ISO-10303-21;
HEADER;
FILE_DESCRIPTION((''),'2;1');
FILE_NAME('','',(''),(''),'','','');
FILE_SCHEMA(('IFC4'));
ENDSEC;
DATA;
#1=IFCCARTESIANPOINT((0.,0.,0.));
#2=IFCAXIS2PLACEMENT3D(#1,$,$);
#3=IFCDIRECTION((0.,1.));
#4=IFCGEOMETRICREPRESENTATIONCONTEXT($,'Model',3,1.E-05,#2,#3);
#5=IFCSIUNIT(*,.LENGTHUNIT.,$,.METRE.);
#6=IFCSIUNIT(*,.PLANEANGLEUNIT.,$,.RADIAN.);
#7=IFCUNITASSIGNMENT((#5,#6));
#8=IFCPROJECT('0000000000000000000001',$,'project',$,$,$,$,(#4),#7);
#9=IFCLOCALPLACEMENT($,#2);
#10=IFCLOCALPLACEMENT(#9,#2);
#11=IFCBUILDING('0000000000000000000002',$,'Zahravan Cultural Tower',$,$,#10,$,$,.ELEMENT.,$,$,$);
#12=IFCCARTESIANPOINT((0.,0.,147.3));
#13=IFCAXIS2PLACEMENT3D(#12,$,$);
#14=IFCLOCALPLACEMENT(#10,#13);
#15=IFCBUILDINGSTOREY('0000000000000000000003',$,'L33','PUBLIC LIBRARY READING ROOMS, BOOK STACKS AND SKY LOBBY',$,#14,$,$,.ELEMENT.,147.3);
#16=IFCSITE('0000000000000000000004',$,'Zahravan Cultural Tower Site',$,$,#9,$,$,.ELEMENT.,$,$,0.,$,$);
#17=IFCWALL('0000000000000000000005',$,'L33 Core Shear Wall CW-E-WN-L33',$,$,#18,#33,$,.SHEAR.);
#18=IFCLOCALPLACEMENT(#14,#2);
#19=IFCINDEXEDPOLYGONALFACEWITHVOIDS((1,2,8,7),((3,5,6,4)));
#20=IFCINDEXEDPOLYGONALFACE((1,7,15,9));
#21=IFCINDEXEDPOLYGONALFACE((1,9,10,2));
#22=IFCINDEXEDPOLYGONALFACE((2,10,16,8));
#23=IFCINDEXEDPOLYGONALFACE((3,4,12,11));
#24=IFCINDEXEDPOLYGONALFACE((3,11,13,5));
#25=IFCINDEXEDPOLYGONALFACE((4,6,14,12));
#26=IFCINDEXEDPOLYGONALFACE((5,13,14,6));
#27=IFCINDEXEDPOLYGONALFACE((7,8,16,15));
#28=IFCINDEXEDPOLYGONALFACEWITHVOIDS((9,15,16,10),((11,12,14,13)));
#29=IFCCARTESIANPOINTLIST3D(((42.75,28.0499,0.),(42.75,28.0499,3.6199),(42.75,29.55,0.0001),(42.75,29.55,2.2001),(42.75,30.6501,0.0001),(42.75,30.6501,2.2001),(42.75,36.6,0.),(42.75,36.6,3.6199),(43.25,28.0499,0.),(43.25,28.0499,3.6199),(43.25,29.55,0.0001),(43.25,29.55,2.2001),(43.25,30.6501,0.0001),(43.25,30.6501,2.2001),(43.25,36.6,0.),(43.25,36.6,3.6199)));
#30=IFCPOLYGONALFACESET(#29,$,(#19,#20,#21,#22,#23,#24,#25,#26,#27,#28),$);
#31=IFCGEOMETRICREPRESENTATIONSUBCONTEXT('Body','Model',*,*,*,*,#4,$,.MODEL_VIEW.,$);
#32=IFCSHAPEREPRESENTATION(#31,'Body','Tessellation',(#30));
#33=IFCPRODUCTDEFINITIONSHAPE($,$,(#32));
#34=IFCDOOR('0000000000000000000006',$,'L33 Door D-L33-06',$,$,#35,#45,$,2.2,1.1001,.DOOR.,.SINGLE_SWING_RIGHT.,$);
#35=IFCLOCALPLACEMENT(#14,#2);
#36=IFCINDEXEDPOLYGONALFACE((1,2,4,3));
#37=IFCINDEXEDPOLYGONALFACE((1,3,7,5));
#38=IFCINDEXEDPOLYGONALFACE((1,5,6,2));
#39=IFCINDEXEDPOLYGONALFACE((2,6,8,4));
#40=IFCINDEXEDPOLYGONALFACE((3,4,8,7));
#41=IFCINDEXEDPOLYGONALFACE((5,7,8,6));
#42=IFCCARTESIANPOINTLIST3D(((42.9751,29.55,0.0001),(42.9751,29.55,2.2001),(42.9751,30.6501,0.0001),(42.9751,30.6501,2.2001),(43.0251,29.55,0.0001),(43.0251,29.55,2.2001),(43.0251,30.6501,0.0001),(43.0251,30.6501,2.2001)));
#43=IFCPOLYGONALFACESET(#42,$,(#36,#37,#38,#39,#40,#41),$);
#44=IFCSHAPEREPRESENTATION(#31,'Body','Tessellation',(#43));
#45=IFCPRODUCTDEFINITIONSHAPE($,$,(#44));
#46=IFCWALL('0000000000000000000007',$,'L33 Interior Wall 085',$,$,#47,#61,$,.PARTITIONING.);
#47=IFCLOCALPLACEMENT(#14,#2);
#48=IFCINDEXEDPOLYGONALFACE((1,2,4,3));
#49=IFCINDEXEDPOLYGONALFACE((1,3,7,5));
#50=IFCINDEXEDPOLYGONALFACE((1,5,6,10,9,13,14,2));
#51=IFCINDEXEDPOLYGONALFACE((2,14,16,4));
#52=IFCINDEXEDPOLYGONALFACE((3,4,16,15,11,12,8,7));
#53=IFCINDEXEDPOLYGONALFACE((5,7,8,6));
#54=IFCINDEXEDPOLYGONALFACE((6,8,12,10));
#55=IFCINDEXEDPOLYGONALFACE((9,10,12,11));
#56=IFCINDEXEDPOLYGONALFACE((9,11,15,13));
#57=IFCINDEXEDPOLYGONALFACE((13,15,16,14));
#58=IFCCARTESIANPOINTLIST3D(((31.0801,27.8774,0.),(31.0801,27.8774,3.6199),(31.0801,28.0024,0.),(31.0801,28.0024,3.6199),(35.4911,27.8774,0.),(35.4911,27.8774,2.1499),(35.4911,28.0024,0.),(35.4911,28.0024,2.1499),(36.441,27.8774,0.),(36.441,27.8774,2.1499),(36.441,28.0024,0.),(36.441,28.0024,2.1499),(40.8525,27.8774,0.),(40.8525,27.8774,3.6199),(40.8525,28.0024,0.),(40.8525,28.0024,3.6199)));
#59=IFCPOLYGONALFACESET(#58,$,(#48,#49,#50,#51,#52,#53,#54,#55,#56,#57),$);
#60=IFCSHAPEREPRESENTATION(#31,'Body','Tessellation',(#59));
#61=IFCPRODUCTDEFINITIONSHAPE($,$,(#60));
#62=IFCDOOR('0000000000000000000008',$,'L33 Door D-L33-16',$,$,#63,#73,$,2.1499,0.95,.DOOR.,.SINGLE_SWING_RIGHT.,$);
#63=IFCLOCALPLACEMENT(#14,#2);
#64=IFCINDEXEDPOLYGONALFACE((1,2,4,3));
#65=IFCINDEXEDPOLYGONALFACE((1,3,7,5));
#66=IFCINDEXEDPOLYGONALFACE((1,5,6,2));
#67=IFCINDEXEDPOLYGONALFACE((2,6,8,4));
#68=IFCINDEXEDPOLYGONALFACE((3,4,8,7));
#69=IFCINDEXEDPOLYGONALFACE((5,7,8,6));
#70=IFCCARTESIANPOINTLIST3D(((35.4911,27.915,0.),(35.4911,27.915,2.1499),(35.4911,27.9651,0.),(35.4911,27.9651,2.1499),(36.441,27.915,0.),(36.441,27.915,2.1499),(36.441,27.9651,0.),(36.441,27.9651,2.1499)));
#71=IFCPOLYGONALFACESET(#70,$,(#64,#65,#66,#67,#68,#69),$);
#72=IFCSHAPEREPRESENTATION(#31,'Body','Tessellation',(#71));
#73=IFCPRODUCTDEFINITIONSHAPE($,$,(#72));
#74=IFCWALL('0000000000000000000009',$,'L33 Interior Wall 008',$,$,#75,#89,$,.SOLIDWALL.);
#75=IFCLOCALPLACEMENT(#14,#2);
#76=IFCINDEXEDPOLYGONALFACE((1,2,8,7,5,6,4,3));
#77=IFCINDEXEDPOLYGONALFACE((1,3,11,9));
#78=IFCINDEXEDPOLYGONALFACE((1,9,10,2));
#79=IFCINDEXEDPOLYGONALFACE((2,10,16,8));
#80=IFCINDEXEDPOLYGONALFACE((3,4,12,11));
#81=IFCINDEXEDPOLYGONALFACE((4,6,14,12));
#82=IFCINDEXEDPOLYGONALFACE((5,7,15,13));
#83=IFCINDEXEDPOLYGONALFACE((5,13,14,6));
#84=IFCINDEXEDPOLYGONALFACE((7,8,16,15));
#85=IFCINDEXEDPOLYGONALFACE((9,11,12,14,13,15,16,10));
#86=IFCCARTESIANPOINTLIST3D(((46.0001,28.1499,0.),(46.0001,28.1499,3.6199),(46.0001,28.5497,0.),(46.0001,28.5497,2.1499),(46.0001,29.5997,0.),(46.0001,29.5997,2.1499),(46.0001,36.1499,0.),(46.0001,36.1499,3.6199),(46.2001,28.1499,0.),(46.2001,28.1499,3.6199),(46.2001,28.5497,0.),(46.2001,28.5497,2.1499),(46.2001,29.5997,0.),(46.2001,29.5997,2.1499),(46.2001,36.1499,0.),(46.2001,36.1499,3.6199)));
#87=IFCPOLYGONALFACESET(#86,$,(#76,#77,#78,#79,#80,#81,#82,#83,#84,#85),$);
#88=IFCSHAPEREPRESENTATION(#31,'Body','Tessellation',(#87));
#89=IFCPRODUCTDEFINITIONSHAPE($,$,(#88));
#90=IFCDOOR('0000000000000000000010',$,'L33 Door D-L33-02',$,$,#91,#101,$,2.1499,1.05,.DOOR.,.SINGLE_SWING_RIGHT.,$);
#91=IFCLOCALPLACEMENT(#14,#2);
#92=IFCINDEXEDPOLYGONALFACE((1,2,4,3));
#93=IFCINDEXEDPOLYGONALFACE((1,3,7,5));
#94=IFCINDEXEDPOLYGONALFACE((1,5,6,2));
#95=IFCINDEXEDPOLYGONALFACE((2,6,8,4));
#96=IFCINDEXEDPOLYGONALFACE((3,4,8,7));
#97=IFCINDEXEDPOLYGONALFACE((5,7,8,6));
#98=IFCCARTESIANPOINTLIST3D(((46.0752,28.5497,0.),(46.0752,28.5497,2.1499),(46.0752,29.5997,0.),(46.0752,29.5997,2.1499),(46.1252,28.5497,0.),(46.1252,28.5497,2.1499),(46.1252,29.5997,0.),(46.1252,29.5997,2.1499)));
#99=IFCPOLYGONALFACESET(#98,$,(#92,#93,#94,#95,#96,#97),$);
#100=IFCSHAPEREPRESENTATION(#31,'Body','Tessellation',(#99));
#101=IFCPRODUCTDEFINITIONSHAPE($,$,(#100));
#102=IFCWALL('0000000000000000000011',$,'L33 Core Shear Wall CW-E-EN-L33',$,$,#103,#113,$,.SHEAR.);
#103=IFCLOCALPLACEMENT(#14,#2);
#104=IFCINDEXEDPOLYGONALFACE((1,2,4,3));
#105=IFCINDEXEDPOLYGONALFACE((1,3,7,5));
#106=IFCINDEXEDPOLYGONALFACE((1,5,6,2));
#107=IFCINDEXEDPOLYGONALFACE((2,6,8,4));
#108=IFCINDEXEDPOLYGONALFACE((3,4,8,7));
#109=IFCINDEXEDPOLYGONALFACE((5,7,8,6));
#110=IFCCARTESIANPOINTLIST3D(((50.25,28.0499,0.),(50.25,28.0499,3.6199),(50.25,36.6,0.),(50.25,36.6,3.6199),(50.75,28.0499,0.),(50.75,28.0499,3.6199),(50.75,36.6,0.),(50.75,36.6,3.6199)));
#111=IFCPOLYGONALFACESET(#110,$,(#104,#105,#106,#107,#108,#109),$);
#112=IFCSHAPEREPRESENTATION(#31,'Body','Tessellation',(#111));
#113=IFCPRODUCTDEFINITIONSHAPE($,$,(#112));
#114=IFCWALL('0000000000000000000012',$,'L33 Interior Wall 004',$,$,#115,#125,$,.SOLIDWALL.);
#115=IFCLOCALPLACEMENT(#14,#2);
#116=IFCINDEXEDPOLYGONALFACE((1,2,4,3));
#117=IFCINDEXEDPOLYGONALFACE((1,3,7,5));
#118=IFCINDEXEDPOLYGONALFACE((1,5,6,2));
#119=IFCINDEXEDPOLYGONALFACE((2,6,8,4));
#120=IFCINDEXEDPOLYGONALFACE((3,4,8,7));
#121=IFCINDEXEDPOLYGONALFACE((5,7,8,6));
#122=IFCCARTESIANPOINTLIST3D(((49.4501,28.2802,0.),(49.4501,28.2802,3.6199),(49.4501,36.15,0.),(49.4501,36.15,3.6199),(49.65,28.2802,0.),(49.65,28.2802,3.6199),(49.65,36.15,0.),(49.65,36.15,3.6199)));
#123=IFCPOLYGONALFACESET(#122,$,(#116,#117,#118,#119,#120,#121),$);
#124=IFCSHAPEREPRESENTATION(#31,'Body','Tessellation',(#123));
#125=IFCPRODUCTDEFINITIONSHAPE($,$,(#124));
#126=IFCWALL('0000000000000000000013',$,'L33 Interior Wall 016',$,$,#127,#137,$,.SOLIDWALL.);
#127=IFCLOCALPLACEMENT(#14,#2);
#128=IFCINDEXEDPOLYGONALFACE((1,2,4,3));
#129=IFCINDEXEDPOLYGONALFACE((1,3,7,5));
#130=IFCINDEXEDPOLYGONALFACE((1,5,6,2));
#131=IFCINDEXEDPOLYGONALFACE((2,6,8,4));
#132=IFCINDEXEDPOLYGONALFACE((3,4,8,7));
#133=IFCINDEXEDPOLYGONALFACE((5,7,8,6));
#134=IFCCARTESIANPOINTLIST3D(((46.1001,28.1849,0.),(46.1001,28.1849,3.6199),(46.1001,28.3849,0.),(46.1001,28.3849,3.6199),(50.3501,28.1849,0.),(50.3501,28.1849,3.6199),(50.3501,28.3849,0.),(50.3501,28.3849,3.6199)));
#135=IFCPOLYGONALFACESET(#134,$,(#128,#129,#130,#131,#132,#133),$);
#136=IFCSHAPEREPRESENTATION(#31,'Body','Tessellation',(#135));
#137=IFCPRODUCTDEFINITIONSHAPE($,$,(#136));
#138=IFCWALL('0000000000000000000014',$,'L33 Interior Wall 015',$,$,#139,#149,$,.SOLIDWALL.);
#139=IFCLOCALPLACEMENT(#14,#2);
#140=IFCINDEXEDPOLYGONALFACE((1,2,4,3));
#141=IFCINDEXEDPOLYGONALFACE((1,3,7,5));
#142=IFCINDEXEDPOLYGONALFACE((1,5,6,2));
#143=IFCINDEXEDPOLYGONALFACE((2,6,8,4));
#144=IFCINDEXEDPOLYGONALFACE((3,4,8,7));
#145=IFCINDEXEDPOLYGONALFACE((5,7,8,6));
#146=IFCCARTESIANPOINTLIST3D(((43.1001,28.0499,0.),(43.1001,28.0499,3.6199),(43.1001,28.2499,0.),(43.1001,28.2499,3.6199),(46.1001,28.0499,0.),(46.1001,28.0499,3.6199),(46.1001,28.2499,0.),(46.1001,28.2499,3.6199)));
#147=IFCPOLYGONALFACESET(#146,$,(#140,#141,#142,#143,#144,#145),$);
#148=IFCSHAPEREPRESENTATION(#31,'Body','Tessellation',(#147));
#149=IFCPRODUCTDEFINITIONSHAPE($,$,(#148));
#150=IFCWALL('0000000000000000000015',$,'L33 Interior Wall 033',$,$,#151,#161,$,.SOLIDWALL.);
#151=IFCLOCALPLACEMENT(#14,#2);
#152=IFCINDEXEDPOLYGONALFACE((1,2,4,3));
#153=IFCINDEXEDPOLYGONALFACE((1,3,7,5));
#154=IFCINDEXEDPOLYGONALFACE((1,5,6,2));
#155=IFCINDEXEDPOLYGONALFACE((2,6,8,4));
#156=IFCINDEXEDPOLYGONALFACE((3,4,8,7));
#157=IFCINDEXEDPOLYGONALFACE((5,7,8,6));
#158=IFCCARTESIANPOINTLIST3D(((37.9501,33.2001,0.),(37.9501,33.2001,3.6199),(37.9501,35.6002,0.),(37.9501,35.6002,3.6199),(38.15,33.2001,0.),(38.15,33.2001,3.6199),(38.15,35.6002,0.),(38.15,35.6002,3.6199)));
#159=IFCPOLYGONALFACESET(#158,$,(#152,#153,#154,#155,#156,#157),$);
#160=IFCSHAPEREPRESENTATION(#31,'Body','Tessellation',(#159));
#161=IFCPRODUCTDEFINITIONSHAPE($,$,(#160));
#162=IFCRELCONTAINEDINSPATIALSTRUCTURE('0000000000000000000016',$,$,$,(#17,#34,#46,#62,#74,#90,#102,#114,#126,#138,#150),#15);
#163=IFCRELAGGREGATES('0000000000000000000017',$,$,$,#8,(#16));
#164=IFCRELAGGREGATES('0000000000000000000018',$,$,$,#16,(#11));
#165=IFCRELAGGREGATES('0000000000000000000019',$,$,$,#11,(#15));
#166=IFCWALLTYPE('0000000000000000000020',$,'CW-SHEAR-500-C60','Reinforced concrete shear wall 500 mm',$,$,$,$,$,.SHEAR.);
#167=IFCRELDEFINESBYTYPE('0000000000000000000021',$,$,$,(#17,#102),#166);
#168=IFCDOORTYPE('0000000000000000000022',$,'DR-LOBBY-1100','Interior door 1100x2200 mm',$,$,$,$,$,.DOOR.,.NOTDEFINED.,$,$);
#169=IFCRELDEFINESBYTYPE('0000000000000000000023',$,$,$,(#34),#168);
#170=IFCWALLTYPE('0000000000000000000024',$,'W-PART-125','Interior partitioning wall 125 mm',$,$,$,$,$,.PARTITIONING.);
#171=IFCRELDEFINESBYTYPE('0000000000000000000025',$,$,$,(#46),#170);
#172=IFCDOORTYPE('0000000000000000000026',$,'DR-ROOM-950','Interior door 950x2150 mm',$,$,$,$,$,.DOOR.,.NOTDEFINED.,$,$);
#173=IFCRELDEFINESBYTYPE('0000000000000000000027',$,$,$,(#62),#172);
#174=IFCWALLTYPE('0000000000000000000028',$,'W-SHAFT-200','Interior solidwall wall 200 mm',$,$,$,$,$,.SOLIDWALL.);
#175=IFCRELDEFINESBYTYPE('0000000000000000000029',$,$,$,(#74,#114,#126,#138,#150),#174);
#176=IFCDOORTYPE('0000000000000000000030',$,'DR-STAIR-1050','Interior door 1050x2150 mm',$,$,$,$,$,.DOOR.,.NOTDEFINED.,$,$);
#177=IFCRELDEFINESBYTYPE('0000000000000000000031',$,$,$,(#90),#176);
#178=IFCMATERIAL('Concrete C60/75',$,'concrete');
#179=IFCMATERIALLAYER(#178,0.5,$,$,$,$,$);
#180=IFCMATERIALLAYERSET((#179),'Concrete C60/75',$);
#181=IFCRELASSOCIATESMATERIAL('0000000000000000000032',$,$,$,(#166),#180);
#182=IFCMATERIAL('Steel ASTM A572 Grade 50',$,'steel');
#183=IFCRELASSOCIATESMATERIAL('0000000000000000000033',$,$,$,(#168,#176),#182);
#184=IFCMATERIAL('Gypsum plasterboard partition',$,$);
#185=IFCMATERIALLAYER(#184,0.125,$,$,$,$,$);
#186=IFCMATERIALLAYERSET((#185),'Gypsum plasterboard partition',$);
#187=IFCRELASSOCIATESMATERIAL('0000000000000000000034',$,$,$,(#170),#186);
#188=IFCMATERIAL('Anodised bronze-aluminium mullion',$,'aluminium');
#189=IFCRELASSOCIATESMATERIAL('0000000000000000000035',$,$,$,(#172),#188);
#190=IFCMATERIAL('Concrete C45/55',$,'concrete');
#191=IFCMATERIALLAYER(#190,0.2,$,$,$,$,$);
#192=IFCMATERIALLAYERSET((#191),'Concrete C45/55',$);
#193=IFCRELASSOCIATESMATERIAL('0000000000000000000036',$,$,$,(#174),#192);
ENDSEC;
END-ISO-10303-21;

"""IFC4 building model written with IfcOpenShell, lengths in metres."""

from ifc_helpers import new_model, si_unit, direction, frame, frame_2d, origin, place, context, subcontext, project, spatial, rectangle, extrude, source, transform, mapped, material, layer, layer_set, type_object, element, fill, save


model = new_model("IFC4")

# Units and contexts
model_context = context("Model", 3, precision=1e-05, world=origin(), true_north=direction((0.0, 1.0)))
body_context = subcontext(model_context, "Body", "Model", "MODEL_VIEW")
ifc_project = project(units=[si_unit("LENGTHUNIT", "METRE"), si_unit("PLANEANGLEUNIT", "RADIAN")], contexts=[model_context])

# Site, building, storey
site_placement = place(None, origin())
site = spatial("IfcSite", under=ifc_project, at=site_placement, Name="Zahravan Cultural Tower Site", CompositionType="ELEMENT", RefElevation=0.0)
building_placement = place(site_placement, origin())
building = spatial("IfcBuilding", under=site, at=building_placement, Name="Zahravan Cultural Tower", CompositionType="ELEMENT")
storey_placement = place(building_placement, frame((0.0, 0.0, 147.3)))
storey = spatial("IfcBuildingStorey", under=building, at=storey_placement, Name="L33", Description="PUBLIC LIBRARY READING ROOMS, BOOK STACKS AND SKY LOBBY", CompositionType="ELEMENT", Elevation=147.3)

# Walls, openings, doors
ifc_material_1 = material(Name="Concrete C60/75", Category="concrete")
ifc_layer_1 = layer(ifc_material_1, 0.5)
ifc_layer_set_1 = layer_set([ifc_layer_1], Name="Concrete C60/75")
wall_type_1 = type_object("IfcWallType", Name="CW-SHEAR-500-C60", Description="Reinforced concrete shear wall 500 mm", PredefinedType="SHEAR", material=ifc_layer_set_1)
wall_1_placement = place(storey_placement, frame((43.0, 28.05, 0.0), z_axis=(0.0, 0.0, 1.0), x_axis=(0.0, 1.0, 0.0)))
wall_1 = element("IfcWall", 1, at=wall_1_placement, inside=storey, type_object=wall_type_1, Name="L33 Core Shear Wall CW-E-WN-L33", PredefinedType="SHEAR", context=body_context, shape_type="SweptSolid", body=[
    extrude(rectangle(XDim=8.55, YDim=0.5, at=frame_2d((4.2749, 0.0))), origin(), (0.0, 0.0, 1.0), 3.6199),
])
opening_1_placement = place(wall_1_placement, frame((1.5, 0.0, 0.0)))
opening_1 = element("IfcOpeningElement", 2, at=opening_1_placement, cuts=wall_1, PredefinedType="OPENING", context=body_context, shape_type="SweptSolid", body=[
    extrude(rectangle(XDim=1.1001, YDim=2.2, at=frame_2d((0.55, 1.1001))), frame((0.0, 0.26, 0.0), z_axis=(0.0, -1.0, 0.0), x_axis=(1.0, 0.0, 0.0)), (0.0, 0.0, 1.0), 0.52),
])
ifc_material_2 = material(Name="Steel ASTM A572 Grade 50", Category="steel")
door_type_1 = type_object("IfcDoorType", Name="DR-LOBBY-1100", Description="Interior door 1100x2200 mm", OperationType="NOTDEFINED", PredefinedType="DOOR", material=ifc_material_2)
shared_shape_1 = source(origin(), body_context, "Body", "SweptSolid", [
    extrude(rectangle(XDim=1.1001, YDim=2.2, at=frame_2d((0.55, 1.1001))), frame((0.0, 0.0249, 0.0), z_axis=(0.0, -1.0, 0.0), x_axis=(1.0, 0.0, 0.0)), (0.0, 0.0, 1.0), 0.05),
])
door_1_placement = place(opening_1_placement, origin())
door_1 = element("IfcDoor", 3, at=door_1_placement, inside=storey, type_object=door_type_1, Name="L33 Door D-L33-06", OperationType="SINGLE_SWING_RIGHT", OverallHeight=2.2, OverallWidth=1.1001, PredefinedType="DOOR", context=body_context, shape_type="MappedRepresentation", body=[
    mapped(shared_shape_1, transform((0.0, 0.0, 0.0), x_axis=(1.0, 0.0, 0.0), y_axis=(0.0, 1.0, 0.0), z_axis=(0.0, 0.0, 1.0), scale=1.0)),
])
fill(opening_1, door_1)
ifc_material_3 = material(Name="Gypsum plasterboard partition")
ifc_layer_2 = layer(ifc_material_3, 0.125)
ifc_layer_set_2 = layer_set([ifc_layer_2], Name="Gypsum plasterboard partition")
wall_type_2 = type_object("IfcWallType", Name="W-PART-125", Description="Interior partitioning wall 125 mm", PredefinedType="PARTITIONING", material=ifc_layer_set_2)
wall_2_placement = place(storey_placement, frame((40.8525, 27.9399, 0.0), z_axis=(0.0, 0.0, 1.0), x_axis=(-1.0, 0.0, 0.0)))
wall_2 = element("IfcWall", 4, at=wall_2_placement, inside=storey, type_object=wall_type_2, Name="L33 Interior Wall 085", PredefinedType="PARTITIONING", context=body_context, shape_type="SweptSolid", body=[
    extrude(rectangle(XDim=9.7725, YDim=0.125, at=frame_2d((4.8862, 0.0))), origin(), (0.0, 0.0, 1.0), 3.6199),
])
opening_2_placement = place(wall_2_placement, frame((4.4114, 0.0, 0.0)))
opening_2 = element("IfcOpeningElement", 5, at=opening_2_placement, cuts=wall_2, PredefinedType="OPENING", context=body_context, shape_type="SweptSolid", body=[
    extrude(rectangle(XDim=0.95, YDim=2.1499, at=frame_2d((0.4751, 1.075))), frame((0.0, 0.0725, 0.0), z_axis=(0.0, -1.0, 0.0), x_axis=(1.0, 0.0, 0.0)), (0.0, 0.0, 1.0), 0.145),
])
ifc_material_4 = material(Name="Anodised bronze-aluminium mullion", Category="aluminium")
door_type_2 = type_object("IfcDoorType", Name="DR-ROOM-950", Description="Interior door 950x2150 mm", OperationType="NOTDEFINED", PredefinedType="DOOR", material=ifc_material_4)
shared_shape_2 = source(origin(), body_context, "Body", "SweptSolid", [
    extrude(rectangle(XDim=0.95, YDim=2.1499, at=frame_2d((0.4751, 1.075))), frame((0.0, 0.0249, 0.0), z_axis=(0.0, -1.0, 0.0), x_axis=(1.0, 0.0, 0.0)), (0.0, 0.0, 1.0), 0.05),
])
door_2_placement = place(opening_2_placement, origin())
door_2 = element("IfcDoor", 6, at=door_2_placement, inside=storey, type_object=door_type_2, Name="L33 Door D-L33-16", OperationType="SINGLE_SWING_RIGHT", OverallHeight=2.1499, OverallWidth=0.95, PredefinedType="DOOR", context=body_context, shape_type="MappedRepresentation", body=[
    mapped(shared_shape_2, transform((0.0, 0.0, 0.0), x_axis=(1.0, 0.0, 0.0), y_axis=(0.0, 1.0, 0.0), z_axis=(0.0, 0.0, 1.0), scale=1.0)),
])
fill(opening_2, door_2)
ifc_material_5 = material(Name="Concrete C45/55", Category="concrete")
ifc_layer_3 = layer(ifc_material_5, 0.2)
ifc_layer_set_3 = layer_set([ifc_layer_3], Name="Concrete C45/55")
wall_type_3 = type_object("IfcWallType", Name="W-SHAFT-200", Description="Interior solidwall wall 200 mm", PredefinedType="SOLIDWALL", material=ifc_layer_set_3)
wall_3_placement = place(storey_placement, frame((46.1001, 28.1499, 0.0), z_axis=(0.0, 0.0, 1.0), x_axis=(0.0, 1.0, 0.0)))
wall_3 = element("IfcWall", 7, at=wall_3_placement, inside=storey, type_object=wall_type_3, Name="L33 Interior Wall 008", PredefinedType="SOLIDWALL", context=body_context, shape_type="SweptSolid", body=[
    extrude(rectangle(XDim=8.0, YDim=0.2, at=frame_2d((4.0, 0.0))), origin(), (0.0, 0.0, 1.0), 3.6199),
])
opening_3_placement = place(wall_3_placement, frame((0.3999, 0.0, 0.0)))
opening_3 = element("IfcOpeningElement", 8, at=opening_3_placement, cuts=wall_3, PredefinedType="OPENING", context=body_context, shape_type="SweptSolid", body=[
    extrude(rectangle(XDim=1.05, YDim=2.1499, at=frame_2d((0.5249, 1.075))), frame((0.0, 0.1099, 0.0), z_axis=(0.0, -1.0, 0.0), x_axis=(1.0, 0.0, 0.0)), (0.0, 0.0, 1.0), 0.22),
])
door_type_3 = type_object("IfcDoorType", Name="DR-STAIR-1050", Description="Interior door 1050x2150 mm", OperationType="NOTDEFINED", PredefinedType="DOOR", material=ifc_material_2)
shared_shape_3 = source(origin(), body_context, "Body", "SweptSolid", [
    extrude(rectangle(XDim=1.05, YDim=2.1499, at=frame_2d((0.5249, 1.075))), frame((0.0, 0.0249, 0.0), z_axis=(0.0, -1.0, 0.0), x_axis=(1.0, 0.0, 0.0)), (0.0, 0.0, 1.0), 0.05),
])
door_3_placement = place(opening_3_placement, origin())
door_3 = element("IfcDoor", 9, at=door_3_placement, inside=storey, type_object=door_type_3, Name="L33 Door D-L33-02", OperationType="SINGLE_SWING_RIGHT", OverallHeight=2.1499, OverallWidth=1.05, PredefinedType="DOOR", context=body_context, shape_type="MappedRepresentation", body=[
    mapped(shared_shape_3, transform((0.0, 0.0, 0.0), x_axis=(1.0, 0.0, 0.0), y_axis=(0.0, 1.0, 0.0), z_axis=(0.0, 0.0, 1.0), scale=1.0)),
])
fill(opening_3, door_3)

# Walls
shared_shape_4 = source(origin(), body_context, "Body", "SweptSolid", [
    extrude(rectangle(XDim=8.55, YDim=0.5, at=frame_2d((4.2749, 0.0))), origin(), (0.0, 0.0, 1.0), 3.6199),
])
wall_4_placement = place(storey_placement, frame((50.5, 28.05, 0.0), z_axis=(0.0, 0.0, 1.0), x_axis=(0.0, 1.0, 0.0)))
element("IfcWall", 10, at=wall_4_placement, inside=storey, type_object=wall_type_1, Name="L33 Core Shear Wall CW-E-EN-L33", PredefinedType="SHEAR", context=body_context, shape_type="MappedRepresentation", body=[
    mapped(shared_shape_4, transform((0.0, 0.0, 0.0), x_axis=(1.0, 0.0, 0.0), y_axis=(0.0, 1.0, 0.0), z_axis=(0.0, 0.0, 1.0), scale=1.0)),
])
shared_shape_5 = source(origin(), body_context, "Body", "SweptSolid", [
    extrude(rectangle(XDim=7.8699, YDim=0.2, at=frame_2d((3.9351, 0.0))), origin(), (0.0, 0.0, 1.0), 3.6199),
])
wall_5_placement = place(storey_placement, frame((49.55, 28.28, 0.0), z_axis=(0.0, 0.0, 1.0), x_axis=(0.0, 1.0, 0.0)))
element("IfcWall", 11, at=wall_5_placement, inside=storey, type_object=wall_type_3, Name="L33 Interior Wall 004", PredefinedType="SOLIDWALL", context=body_context, shape_type="MappedRepresentation", body=[
    mapped(shared_shape_5, transform((0.0, 0.0, 0.0), x_axis=(1.0, 0.0, 0.0), y_axis=(0.0, 1.0, 0.0), z_axis=(0.0, 0.0, 1.0), scale=1.0)),
])
shared_shape_6 = source(origin(), body_context, "Body", "SweptSolid", [
    extrude(rectangle(XDim=4.25, YDim=0.2, at=frame_2d((2.125, 0.0))), origin(), (0.0, 0.0, 1.0), 3.6199),
])
wall_6_placement = place(storey_placement, frame((46.1001, 28.2849, 0.0), z_axis=(0.0, 0.0, 1.0), x_axis=(1.0, 0.0, 0.0)))
element("IfcWall", 12, at=wall_6_placement, inside=storey, type_object=wall_type_3, Name="L33 Interior Wall 016", PredefinedType="SOLIDWALL", context=body_context, shape_type="MappedRepresentation", body=[
    mapped(shared_shape_6, transform((0.0, 0.0, 0.0), x_axis=(1.0, 0.0, 0.0), y_axis=(0.0, 1.0, 0.0), z_axis=(0.0, 0.0, 1.0), scale=1.0)),
])
shared_shape_7 = source(origin(), body_context, "Body", "SweptSolid", [
    extrude(rectangle(XDim=3.0, YDim=0.2, at=frame_2d((1.5, 0.0))), origin(), (0.0, 0.0, 1.0), 3.6199),
])
wall_7_placement = place(storey_placement, frame((43.1001, 28.1499, 0.0), z_axis=(0.0, 0.0, 1.0), x_axis=(1.0, 0.0, 0.0)))
element("IfcWall", 13, at=wall_7_placement, inside=storey, type_object=wall_type_3, Name="L33 Interior Wall 015", PredefinedType="SOLIDWALL", context=body_context, shape_type="MappedRepresentation", body=[
    mapped(shared_shape_7, transform((0.0, 0.0, 0.0), x_axis=(1.0, 0.0, 0.0), y_axis=(0.0, 1.0, 0.0), z_axis=(0.0, 0.0, 1.0), scale=1.0)),
])
shared_shape_8 = source(origin(), body_context, "Body", "SweptSolid", [
    extrude(rectangle(XDim=2.4001, YDim=0.2, at=frame_2d((1.2002, 0.0))), origin(), (0.0, 0.0, 1.0), 3.6199),
])
for number, where, z_axis, x_axis, name in (
    (14, (38.05, 33.2, 0.0), (0.0, 0.0, 1.0), (0.0, 1.0, 0.0), "L33 Interior Wall 033"),
):
    element("IfcWall", number, at=place(storey_placement, frame(where, z_axis=z_axis, x_axis=x_axis)), inside=storey, type_object=wall_type_3, Name=name, PredefinedType="SOLIDWALL", context=body_context, shape_type="MappedRepresentation", body=[
        mapped(shared_shape_8, transform((0.0, 0.0, 0.0), x_axis=(1.0, 0.0, 0.0), y_axis=(0.0, 1.0, 0.0), z_axis=(0.0, 0.0, 1.0), scale=1.0)),
    ])

save(model, "model.ifc")
